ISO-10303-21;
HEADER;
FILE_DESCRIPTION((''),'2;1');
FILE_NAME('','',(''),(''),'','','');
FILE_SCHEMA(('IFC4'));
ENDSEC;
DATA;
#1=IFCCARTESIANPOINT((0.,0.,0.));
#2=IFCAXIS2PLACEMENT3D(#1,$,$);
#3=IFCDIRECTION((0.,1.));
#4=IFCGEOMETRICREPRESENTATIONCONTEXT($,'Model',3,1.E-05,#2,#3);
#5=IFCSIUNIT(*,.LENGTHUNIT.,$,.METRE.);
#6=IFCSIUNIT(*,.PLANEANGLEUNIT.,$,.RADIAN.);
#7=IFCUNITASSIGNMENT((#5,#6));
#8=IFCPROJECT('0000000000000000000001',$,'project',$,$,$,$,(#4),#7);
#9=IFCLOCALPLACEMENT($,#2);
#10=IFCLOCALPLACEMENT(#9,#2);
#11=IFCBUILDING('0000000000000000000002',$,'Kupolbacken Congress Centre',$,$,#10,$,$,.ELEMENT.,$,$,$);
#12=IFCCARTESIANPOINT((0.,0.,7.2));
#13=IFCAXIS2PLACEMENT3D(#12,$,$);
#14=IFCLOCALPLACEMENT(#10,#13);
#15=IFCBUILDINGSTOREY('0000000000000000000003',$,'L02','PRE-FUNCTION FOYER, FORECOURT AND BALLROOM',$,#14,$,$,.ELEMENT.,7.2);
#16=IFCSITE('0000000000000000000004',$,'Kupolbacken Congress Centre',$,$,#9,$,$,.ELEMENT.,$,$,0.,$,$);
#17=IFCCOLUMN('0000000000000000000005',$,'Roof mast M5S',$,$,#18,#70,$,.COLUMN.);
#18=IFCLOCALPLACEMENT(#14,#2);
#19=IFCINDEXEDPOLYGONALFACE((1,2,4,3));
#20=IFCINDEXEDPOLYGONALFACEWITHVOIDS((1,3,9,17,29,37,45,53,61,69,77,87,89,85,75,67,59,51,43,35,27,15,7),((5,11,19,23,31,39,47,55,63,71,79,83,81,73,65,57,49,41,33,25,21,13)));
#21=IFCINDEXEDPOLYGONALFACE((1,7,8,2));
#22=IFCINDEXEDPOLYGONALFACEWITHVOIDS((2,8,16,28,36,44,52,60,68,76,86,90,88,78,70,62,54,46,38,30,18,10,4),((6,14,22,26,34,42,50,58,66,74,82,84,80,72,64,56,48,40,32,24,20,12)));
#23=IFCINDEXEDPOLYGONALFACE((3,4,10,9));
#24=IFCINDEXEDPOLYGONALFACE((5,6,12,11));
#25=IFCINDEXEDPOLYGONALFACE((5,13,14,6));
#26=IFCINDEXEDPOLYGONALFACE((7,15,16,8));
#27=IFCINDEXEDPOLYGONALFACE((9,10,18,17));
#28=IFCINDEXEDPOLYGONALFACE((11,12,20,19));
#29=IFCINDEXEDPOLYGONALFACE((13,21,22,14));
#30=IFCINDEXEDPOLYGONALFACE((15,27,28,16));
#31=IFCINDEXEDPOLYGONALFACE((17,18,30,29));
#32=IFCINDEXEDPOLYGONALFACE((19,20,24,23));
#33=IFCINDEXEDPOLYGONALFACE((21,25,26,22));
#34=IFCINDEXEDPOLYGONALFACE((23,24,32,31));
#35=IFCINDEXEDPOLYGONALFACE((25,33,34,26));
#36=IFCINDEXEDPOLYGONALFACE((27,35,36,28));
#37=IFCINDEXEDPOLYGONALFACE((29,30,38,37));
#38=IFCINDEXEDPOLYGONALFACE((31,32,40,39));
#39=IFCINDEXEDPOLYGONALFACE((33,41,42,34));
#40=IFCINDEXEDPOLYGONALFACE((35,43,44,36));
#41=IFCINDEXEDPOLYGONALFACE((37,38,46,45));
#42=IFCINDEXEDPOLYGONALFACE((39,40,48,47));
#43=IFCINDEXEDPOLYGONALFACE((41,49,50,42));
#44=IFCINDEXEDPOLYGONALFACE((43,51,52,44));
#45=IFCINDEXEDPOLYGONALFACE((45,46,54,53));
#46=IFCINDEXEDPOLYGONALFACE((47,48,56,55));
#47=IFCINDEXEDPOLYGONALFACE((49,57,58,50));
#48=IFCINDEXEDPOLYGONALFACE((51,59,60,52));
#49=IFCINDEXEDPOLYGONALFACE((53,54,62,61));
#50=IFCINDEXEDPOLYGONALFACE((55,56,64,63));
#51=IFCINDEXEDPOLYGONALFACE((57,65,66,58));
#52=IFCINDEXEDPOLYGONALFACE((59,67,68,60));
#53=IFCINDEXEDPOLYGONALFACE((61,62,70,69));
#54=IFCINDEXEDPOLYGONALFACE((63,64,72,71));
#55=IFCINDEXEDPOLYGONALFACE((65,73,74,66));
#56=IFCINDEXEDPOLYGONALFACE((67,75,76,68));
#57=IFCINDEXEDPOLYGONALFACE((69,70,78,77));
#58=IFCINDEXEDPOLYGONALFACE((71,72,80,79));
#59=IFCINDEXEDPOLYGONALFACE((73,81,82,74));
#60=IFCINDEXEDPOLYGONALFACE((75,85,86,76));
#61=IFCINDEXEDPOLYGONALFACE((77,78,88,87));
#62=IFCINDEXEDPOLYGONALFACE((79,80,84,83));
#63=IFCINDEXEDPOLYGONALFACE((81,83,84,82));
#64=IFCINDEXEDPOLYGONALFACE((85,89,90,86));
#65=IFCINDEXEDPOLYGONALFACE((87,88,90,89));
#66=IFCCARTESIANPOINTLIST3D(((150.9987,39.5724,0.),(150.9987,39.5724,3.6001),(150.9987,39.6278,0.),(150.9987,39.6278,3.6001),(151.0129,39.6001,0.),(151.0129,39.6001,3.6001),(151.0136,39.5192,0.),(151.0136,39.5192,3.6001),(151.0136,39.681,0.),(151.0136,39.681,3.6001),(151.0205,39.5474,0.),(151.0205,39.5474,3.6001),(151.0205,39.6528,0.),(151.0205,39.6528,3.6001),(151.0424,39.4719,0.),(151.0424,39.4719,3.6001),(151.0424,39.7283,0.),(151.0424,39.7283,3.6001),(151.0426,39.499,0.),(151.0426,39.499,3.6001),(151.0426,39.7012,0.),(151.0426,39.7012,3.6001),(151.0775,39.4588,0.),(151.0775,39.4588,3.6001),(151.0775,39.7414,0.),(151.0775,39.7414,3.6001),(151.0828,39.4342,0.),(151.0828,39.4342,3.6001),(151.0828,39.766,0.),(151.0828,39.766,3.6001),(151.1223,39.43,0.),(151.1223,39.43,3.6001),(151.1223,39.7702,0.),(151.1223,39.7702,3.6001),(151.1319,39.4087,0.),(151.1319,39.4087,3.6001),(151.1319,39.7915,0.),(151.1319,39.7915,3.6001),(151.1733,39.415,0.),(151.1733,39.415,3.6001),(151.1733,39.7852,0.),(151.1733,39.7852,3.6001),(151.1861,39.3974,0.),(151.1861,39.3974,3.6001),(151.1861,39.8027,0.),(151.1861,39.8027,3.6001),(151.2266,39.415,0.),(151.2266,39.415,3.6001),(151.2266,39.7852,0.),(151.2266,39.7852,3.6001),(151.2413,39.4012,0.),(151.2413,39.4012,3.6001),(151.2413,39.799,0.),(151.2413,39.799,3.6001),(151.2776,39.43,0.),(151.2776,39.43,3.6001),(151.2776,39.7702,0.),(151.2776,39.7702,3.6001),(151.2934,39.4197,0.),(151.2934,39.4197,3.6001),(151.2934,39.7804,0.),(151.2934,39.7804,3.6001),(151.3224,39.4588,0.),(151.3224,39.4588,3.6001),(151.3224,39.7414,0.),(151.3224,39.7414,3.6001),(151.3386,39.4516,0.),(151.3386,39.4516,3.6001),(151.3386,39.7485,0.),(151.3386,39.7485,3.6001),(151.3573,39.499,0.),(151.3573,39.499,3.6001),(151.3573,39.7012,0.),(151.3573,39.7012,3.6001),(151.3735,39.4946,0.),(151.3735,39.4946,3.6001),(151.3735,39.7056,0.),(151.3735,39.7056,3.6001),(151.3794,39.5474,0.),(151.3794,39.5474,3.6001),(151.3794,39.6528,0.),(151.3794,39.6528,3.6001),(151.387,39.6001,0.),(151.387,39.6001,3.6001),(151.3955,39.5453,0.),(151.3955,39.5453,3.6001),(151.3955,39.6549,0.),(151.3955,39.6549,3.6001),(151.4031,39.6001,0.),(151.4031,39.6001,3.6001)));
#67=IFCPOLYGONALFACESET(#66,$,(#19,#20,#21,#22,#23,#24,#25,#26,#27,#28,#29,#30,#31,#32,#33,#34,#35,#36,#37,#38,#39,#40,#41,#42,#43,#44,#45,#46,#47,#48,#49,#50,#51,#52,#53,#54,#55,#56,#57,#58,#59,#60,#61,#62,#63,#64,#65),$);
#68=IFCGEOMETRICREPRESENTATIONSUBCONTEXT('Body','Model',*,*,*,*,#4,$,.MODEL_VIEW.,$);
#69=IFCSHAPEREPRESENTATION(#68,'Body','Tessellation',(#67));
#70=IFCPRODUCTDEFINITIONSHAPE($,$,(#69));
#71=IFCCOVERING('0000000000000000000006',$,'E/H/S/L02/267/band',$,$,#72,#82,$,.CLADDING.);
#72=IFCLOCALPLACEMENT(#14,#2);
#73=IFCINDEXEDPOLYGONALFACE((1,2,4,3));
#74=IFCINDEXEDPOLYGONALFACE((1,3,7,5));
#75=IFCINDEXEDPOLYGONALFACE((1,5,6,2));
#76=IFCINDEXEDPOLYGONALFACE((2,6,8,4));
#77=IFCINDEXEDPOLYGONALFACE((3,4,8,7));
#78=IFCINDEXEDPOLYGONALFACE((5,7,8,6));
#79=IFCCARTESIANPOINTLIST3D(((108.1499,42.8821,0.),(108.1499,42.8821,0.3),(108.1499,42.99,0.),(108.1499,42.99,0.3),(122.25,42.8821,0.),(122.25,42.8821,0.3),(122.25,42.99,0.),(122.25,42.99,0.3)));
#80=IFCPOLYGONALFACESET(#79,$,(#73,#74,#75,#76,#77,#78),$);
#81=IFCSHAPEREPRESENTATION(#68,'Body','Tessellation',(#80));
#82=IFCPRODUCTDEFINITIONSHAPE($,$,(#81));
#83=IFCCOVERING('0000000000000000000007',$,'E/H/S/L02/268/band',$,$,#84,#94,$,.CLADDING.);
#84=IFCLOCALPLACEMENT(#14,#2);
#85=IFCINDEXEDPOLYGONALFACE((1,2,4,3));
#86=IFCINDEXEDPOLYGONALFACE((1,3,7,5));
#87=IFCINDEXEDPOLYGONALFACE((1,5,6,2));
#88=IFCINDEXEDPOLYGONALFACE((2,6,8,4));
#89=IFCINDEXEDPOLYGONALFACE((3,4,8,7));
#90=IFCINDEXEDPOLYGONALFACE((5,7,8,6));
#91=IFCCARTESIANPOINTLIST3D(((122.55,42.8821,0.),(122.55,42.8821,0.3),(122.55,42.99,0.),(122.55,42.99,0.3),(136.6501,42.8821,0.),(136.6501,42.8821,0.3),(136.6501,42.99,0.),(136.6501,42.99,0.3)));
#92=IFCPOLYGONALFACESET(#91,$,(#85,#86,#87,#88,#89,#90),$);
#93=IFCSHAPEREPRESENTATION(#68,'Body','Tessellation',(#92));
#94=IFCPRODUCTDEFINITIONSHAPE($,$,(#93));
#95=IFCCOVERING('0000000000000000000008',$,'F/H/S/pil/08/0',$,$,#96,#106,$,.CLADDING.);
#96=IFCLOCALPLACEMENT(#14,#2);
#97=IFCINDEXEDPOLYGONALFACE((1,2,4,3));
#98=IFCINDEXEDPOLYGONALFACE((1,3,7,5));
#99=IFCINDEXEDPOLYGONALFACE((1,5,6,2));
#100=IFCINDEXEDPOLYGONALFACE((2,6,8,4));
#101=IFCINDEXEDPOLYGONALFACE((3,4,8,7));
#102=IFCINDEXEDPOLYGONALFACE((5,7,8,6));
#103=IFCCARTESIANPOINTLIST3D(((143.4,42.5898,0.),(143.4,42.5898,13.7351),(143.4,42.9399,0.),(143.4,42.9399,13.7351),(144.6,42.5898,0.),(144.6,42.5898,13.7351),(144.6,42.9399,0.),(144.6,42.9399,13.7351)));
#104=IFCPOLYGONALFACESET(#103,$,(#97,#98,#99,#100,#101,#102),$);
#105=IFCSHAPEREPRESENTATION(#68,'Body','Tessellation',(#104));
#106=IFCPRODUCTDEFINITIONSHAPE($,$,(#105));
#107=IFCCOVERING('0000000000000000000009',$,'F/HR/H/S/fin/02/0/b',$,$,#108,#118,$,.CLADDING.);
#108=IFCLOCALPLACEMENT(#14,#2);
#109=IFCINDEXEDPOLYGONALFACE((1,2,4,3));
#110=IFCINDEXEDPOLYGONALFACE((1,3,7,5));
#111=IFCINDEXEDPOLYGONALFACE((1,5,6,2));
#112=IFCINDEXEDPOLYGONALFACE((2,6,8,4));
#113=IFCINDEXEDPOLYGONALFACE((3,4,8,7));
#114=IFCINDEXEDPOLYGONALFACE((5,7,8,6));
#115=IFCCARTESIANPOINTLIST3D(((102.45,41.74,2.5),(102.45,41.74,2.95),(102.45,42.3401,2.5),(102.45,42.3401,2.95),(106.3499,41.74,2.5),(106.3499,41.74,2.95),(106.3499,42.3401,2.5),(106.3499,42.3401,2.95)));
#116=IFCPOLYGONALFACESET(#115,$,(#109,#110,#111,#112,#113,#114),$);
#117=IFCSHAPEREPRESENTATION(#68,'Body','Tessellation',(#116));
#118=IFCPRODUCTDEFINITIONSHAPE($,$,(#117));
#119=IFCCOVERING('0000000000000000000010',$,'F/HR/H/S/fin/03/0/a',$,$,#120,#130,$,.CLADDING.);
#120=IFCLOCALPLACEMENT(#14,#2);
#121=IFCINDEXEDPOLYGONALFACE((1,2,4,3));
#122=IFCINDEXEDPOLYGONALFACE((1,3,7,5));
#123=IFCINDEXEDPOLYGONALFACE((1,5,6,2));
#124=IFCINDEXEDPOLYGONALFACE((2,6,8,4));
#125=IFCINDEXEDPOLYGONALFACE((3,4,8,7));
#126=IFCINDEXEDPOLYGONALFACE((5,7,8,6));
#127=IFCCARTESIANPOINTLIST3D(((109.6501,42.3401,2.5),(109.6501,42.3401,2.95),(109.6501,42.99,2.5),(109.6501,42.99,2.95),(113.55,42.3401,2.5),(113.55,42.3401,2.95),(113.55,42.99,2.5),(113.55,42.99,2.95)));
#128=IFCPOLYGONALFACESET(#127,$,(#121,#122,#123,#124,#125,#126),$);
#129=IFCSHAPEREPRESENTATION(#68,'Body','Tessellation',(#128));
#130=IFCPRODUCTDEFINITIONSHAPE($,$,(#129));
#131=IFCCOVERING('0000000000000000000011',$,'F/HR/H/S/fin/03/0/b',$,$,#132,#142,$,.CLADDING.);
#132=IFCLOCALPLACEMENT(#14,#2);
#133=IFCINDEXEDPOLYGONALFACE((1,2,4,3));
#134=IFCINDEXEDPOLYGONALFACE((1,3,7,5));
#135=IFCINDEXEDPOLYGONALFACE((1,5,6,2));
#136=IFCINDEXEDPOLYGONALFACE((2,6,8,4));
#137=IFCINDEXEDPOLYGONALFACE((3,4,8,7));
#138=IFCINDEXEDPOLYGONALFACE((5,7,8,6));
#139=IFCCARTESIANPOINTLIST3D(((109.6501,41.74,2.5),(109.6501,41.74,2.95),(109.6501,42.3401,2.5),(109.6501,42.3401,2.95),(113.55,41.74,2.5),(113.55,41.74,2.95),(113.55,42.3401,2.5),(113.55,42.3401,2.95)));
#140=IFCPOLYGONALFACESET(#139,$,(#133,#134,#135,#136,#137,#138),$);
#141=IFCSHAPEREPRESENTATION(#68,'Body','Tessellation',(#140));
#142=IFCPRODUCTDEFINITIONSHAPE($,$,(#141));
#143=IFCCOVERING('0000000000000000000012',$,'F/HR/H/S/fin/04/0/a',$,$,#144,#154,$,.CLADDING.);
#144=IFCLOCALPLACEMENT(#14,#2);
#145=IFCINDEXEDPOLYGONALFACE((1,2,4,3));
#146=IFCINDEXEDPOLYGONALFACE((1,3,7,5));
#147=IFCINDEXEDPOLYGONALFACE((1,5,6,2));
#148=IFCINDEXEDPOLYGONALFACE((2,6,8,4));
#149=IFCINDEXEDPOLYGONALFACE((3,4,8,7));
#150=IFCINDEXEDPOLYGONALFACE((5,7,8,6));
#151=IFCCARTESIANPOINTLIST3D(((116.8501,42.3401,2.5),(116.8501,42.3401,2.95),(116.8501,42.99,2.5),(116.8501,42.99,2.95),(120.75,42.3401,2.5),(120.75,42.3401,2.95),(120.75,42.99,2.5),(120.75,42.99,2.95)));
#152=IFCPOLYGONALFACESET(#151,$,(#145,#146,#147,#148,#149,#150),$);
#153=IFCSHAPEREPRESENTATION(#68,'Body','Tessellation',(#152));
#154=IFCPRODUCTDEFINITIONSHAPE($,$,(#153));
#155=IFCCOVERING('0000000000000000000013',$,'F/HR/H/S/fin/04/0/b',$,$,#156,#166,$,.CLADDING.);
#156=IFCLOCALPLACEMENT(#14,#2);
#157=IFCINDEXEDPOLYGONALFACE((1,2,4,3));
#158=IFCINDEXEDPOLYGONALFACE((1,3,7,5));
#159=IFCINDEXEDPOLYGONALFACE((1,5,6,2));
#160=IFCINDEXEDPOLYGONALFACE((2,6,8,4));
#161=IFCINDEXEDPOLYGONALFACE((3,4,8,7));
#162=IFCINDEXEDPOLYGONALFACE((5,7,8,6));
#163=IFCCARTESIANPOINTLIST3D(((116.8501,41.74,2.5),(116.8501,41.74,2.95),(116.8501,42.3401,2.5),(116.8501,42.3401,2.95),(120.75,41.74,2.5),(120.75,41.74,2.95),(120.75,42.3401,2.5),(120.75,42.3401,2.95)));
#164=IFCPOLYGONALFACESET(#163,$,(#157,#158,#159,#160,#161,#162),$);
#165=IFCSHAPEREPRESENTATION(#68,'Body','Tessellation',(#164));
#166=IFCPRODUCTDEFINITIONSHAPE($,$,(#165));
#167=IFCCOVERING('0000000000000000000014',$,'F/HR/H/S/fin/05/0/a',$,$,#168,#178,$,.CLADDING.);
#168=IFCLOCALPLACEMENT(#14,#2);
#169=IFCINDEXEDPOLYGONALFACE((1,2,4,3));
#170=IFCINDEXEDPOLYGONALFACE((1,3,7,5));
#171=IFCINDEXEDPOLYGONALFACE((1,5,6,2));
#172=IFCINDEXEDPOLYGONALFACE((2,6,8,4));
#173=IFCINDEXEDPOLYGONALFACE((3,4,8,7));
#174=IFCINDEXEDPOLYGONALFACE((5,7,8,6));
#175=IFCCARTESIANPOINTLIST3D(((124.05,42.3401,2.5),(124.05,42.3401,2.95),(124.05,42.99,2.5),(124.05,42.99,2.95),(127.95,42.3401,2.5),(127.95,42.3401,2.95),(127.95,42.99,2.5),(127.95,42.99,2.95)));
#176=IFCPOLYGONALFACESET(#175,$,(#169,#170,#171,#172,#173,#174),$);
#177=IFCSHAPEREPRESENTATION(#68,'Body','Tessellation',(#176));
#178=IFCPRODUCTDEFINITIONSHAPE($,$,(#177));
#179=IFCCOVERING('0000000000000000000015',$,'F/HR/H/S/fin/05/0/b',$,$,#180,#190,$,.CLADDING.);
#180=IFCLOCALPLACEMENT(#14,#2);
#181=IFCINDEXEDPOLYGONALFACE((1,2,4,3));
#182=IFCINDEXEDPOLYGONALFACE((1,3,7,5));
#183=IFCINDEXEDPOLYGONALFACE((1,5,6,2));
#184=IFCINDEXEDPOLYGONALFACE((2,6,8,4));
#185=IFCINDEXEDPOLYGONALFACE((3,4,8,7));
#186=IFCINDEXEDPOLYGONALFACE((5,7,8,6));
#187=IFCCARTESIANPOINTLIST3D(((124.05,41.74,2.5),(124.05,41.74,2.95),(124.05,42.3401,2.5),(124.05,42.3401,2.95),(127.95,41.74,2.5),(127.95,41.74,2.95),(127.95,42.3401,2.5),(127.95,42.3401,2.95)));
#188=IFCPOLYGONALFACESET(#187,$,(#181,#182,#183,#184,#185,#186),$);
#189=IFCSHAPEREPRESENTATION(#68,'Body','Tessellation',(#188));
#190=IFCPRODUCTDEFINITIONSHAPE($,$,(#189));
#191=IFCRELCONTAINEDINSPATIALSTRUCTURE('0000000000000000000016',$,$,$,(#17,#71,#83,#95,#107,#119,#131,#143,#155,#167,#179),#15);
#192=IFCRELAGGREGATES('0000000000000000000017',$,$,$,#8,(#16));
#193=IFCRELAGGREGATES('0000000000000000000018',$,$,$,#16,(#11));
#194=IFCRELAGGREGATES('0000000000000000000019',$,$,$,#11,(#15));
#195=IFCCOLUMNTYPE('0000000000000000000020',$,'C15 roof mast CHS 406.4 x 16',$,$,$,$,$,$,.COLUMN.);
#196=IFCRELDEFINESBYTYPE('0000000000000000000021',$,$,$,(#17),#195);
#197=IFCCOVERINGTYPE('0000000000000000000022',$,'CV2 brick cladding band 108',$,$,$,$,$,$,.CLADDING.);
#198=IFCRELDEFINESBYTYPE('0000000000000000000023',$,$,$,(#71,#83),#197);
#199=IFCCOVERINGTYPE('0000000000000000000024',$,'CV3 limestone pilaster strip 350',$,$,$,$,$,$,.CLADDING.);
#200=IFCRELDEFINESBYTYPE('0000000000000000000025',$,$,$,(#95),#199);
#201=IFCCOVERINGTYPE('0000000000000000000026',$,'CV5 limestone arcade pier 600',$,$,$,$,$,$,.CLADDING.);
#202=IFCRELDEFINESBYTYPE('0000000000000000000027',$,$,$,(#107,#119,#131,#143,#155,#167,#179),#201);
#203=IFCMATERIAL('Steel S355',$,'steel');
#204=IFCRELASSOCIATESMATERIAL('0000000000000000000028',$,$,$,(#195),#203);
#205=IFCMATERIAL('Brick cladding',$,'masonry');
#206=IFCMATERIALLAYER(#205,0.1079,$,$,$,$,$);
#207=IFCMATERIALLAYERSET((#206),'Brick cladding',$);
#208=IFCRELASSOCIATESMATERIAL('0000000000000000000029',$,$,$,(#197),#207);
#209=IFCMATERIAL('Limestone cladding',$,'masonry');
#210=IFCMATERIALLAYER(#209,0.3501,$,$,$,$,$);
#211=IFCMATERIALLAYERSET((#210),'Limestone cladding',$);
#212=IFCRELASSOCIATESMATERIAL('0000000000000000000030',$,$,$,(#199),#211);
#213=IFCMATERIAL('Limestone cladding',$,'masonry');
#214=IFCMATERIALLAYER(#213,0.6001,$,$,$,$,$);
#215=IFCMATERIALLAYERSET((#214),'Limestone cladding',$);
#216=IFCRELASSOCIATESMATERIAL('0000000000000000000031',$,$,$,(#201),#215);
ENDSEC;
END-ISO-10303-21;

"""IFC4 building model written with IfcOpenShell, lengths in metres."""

from ifc_helpers import new_model, si_unit, direction, frame, origin, origin_2d, place, context, subcontext, project, spatial, rectangle, hollow_circle, extrude, material, layer, layer_set, material_profile, profile_set, type_object, element, save


model = new_model("IFC4")

# Units and contexts
model_context = context("Model", 3, precision=1e-05, world=origin(), true_north=direction((0.0, 1.0)))
body_context = subcontext(model_context, "Body", "Model", "MODEL_VIEW")
ifc_project = project(units=[si_unit("LENGTHUNIT", "METRE"), si_unit("PLANEANGLEUNIT", "RADIAN")], contexts=[model_context])

# Site, building, storey
site_placement = place(None, origin())
site = spatial("IfcSite", under=ifc_project, at=site_placement, Name="Kupolbacken Congress Centre", CompositionType="ELEMENT", RefElevation=0.0)
building_placement = place(site_placement, origin())
building = spatial("IfcBuilding", under=site, at=building_placement, Name="Kupolbacken Congress Centre", CompositionType="ELEMENT")
storey_placement = place(building_placement, frame((0.0, 0.0, 7.2)))
storey = spatial("IfcBuildingStorey", under=building, at=storey_placement, Name="L02", Description="PRE-FUNCTION FOYER, FORECOURT AND BALLROOM", CompositionType="ELEMENT", Elevation=7.2)

# Column
ifc_material_1 = material(Name="Steel S355", Category="steel")
ifc_material_profile = material_profile(ifc_material_1, hollow_circle(Radius=0.2031, WallThickness=0.0161, at=origin_2d()), Name="CHS 406.4 x 16")
ifc_profile_set = profile_set([ifc_material_profile], Name="Steel S355")
column_type = type_object("IfcColumnType", Name="C15 roof mast CHS 406.4 x 16", PredefinedType="COLUMN", material=ifc_profile_set)
for number, where, z_axis, x_axis, name in (
    (1, (151.2, 39.6001, 0.0), (0.0, 0.0, 1.0), (1.0, 0.0, 0.0), "Roof mast M5S"),
):
    element("IfcColumn", number, at=place(storey_placement, frame(where, z_axis=z_axis, x_axis=x_axis)), inside=storey, type_object=column_type, Name=name, PredefinedType="COLUMN", context=body_context, shape_type="SweptSolid", body=[
        extrude(hollow_circle(Radius=0.2031, WallThickness=0.0161, at=origin_2d()), origin(), (0.0, 0.0, 1.0), 3.6001),
    ])

# Coverings
ifc_material_2 = material(Name="Brick cladding", Category="masonry")
ifc_layer_1 = layer(ifc_material_2, 0.1079)
ifc_layer_set_1 = layer_set([ifc_layer_1], Name="Brick cladding")
covering_type_1 = type_object("IfcCoveringType", Name="CV2 brick cladding band 108", PredefinedType="CLADDING", material=ifc_layer_set_1)
for number, where, z_axis, x_axis, name in (
    (2, (115.2, 42.936, 0.0), (0.0, 0.0, 1.0), (1.0, 0.0, 0.0), "E/H/S/L02/267/band"),
    (3, (129.6001, 42.936, 0.0), (0.0, 0.0, 1.0), (1.0, 0.0, 0.0), "E/H/S/L02/268/band"),
):
    element("IfcCovering", number, at=place(storey_placement, frame(where, z_axis=z_axis, x_axis=x_axis)), inside=storey, type_object=covering_type_1, Name=name, PredefinedType="CLADDING", context=body_context, shape_type="SweptSolid", body=[
        extrude(rectangle(XDim=14.1001, YDim=0.1079, at=origin_2d()), origin(), (0.0, 0.0, 1.0), 0.3),
    ])
ifc_material_3 = material(Name="Limestone cladding", Category="masonry")
ifc_layer_2 = layer(ifc_material_3, 0.3501)
ifc_layer_set_2 = layer_set([ifc_layer_2], Name="Limestone cladding")
covering_type_2 = type_object("IfcCoveringType", Name="CV3 limestone pilaster strip 350", PredefinedType="CLADDING", material=ifc_layer_set_2)
covering_1_placement = place(storey_placement, frame((144.0, 42.7649, 0.0), z_axis=(0.0, 0.0, 1.0), x_axis=(1.0, 0.0, 0.0)))
element("IfcCovering", 4, at=covering_1_placement, inside=storey, type_object=covering_type_2, Name="F/H/S/pil/08/0", PredefinedType="CLADDING", context=body_context, shape_type="SweptSolid", body=[
    extrude(rectangle(XDim=1.2, YDim=0.3501, at=origin_2d()), origin(), (0.0, 0.0, 1.0), 13.7351),
])
ifc_material_4 = material(Name="Limestone cladding", Category="masonry")
ifc_layer_3 = layer(ifc_material_4, 0.6001)
ifc_layer_set_3 = layer_set([ifc_layer_3], Name="Limestone cladding")
covering_type_3 = type_object("IfcCoveringType", Name="CV5 limestone arcade pier 600", PredefinedType="CLADDING", material=ifc_layer_set_3)
covering_2_placement = place(storey_placement, frame((104.3999, 42.04, 2.5), z_axis=(0.0, 0.0, 1.0), x_axis=(1.0, 0.0, 0.0)))
element("IfcCovering", 5, at=covering_2_placement, inside=storey, type_object=covering_type_3, Name="F/HR/H/S/fin/02/0/b", PredefinedType="CLADDING", context=body_context, shape_type="SweptSolid", body=[
    extrude(rectangle(XDim=3.8999, YDim=0.6001, at=origin_2d()), origin(), (0.0, 0.0, 1.0), 0.45),
])
covering_3_placement = place(storey_placement, frame((111.6001, 42.665, 2.5), z_axis=(0.0, 0.0, 1.0), x_axis=(1.0, 0.0, 0.0)))
element("IfcCovering", 6, at=covering_3_placement, inside=storey, type_object=covering_type_3, Name="F/HR/H/S/fin/03/0/a", PredefinedType="CLADDING", context=body_context, shape_type="SweptSolid", body=[
    extrude(rectangle(XDim=3.8999, YDim=0.6499, at=origin_2d()), origin(), (0.0, 0.0, 1.0), 0.45),
])
covering_4_placement = place(storey_placement, frame((111.6001, 42.04, 2.5), z_axis=(0.0, 0.0, 1.0), x_axis=(1.0, 0.0, 0.0)))
element("IfcCovering", 7, at=covering_4_placement, inside=storey, type_object=covering_type_3, Name="F/HR/H/S/fin/03/0/b", PredefinedType="CLADDING", context=body_context, shape_type="SweptSolid", body=[
    extrude(rectangle(XDim=3.8999, YDim=0.6001, at=origin_2d()), origin(), (0.0, 0.0, 1.0), 0.45),
])
covering_5_placement = place(storey_placement, frame((118.8, 42.665, 2.5), z_axis=(0.0, 0.0, 1.0), x_axis=(1.0, 0.0, 0.0)))
element("IfcCovering", 8, at=covering_5_placement, inside=storey, type_object=covering_type_3, Name="F/HR/H/S/fin/04/0/a", PredefinedType="CLADDING", context=body_context, shape_type="SweptSolid", body=[
    extrude(rectangle(XDim=3.8999, YDim=0.6499, at=origin_2d()), origin(), (0.0, 0.0, 1.0), 0.45),
])
covering_6_placement = place(storey_placement, frame((118.8, 42.04, 2.5), z_axis=(0.0, 0.0, 1.0), x_axis=(1.0, 0.0, 0.0)))
element("IfcCovering", 9, at=covering_6_placement, inside=storey, type_object=covering_type_3, Name="F/HR/H/S/fin/04/0/b", PredefinedType="CLADDING", context=body_context, shape_type="SweptSolid", body=[
    extrude(rectangle(XDim=3.8999, YDim=0.6001, at=origin_2d()), origin(), (0.0, 0.0, 1.0), 0.45),
])
covering_7_placement = place(storey_placement, frame((126.0, 42.665, 2.5), z_axis=(0.0, 0.0, 1.0), x_axis=(1.0, 0.0, 0.0)))
element("IfcCovering", 10, at=covering_7_placement, inside=storey, type_object=covering_type_3, Name="F/HR/H/S/fin/05/0/a", PredefinedType="CLADDING", context=body_context, shape_type="SweptSolid", body=[
    extrude(rectangle(XDim=3.8999, YDim=0.6499, at=origin_2d()), origin(), (0.0, 0.0, 1.0), 0.45),
])
covering_8_placement = place(storey_placement, frame((126.0, 42.04, 2.5), z_axis=(0.0, 0.0, 1.0), x_axis=(1.0, 0.0, 0.0)))
element("IfcCovering", 11, at=covering_8_placement, inside=storey, type_object=covering_type_3, Name="F/HR/H/S/fin/05/0/b", PredefinedType="CLADDING", context=body_context, shape_type="SweptSolid", body=[
    extrude(rectangle(XDim=3.8999, YDim=0.6001, at=origin_2d()), origin(), (0.0, 0.0, 1.0), 0.45),
])

save(model, "model.ifc")
